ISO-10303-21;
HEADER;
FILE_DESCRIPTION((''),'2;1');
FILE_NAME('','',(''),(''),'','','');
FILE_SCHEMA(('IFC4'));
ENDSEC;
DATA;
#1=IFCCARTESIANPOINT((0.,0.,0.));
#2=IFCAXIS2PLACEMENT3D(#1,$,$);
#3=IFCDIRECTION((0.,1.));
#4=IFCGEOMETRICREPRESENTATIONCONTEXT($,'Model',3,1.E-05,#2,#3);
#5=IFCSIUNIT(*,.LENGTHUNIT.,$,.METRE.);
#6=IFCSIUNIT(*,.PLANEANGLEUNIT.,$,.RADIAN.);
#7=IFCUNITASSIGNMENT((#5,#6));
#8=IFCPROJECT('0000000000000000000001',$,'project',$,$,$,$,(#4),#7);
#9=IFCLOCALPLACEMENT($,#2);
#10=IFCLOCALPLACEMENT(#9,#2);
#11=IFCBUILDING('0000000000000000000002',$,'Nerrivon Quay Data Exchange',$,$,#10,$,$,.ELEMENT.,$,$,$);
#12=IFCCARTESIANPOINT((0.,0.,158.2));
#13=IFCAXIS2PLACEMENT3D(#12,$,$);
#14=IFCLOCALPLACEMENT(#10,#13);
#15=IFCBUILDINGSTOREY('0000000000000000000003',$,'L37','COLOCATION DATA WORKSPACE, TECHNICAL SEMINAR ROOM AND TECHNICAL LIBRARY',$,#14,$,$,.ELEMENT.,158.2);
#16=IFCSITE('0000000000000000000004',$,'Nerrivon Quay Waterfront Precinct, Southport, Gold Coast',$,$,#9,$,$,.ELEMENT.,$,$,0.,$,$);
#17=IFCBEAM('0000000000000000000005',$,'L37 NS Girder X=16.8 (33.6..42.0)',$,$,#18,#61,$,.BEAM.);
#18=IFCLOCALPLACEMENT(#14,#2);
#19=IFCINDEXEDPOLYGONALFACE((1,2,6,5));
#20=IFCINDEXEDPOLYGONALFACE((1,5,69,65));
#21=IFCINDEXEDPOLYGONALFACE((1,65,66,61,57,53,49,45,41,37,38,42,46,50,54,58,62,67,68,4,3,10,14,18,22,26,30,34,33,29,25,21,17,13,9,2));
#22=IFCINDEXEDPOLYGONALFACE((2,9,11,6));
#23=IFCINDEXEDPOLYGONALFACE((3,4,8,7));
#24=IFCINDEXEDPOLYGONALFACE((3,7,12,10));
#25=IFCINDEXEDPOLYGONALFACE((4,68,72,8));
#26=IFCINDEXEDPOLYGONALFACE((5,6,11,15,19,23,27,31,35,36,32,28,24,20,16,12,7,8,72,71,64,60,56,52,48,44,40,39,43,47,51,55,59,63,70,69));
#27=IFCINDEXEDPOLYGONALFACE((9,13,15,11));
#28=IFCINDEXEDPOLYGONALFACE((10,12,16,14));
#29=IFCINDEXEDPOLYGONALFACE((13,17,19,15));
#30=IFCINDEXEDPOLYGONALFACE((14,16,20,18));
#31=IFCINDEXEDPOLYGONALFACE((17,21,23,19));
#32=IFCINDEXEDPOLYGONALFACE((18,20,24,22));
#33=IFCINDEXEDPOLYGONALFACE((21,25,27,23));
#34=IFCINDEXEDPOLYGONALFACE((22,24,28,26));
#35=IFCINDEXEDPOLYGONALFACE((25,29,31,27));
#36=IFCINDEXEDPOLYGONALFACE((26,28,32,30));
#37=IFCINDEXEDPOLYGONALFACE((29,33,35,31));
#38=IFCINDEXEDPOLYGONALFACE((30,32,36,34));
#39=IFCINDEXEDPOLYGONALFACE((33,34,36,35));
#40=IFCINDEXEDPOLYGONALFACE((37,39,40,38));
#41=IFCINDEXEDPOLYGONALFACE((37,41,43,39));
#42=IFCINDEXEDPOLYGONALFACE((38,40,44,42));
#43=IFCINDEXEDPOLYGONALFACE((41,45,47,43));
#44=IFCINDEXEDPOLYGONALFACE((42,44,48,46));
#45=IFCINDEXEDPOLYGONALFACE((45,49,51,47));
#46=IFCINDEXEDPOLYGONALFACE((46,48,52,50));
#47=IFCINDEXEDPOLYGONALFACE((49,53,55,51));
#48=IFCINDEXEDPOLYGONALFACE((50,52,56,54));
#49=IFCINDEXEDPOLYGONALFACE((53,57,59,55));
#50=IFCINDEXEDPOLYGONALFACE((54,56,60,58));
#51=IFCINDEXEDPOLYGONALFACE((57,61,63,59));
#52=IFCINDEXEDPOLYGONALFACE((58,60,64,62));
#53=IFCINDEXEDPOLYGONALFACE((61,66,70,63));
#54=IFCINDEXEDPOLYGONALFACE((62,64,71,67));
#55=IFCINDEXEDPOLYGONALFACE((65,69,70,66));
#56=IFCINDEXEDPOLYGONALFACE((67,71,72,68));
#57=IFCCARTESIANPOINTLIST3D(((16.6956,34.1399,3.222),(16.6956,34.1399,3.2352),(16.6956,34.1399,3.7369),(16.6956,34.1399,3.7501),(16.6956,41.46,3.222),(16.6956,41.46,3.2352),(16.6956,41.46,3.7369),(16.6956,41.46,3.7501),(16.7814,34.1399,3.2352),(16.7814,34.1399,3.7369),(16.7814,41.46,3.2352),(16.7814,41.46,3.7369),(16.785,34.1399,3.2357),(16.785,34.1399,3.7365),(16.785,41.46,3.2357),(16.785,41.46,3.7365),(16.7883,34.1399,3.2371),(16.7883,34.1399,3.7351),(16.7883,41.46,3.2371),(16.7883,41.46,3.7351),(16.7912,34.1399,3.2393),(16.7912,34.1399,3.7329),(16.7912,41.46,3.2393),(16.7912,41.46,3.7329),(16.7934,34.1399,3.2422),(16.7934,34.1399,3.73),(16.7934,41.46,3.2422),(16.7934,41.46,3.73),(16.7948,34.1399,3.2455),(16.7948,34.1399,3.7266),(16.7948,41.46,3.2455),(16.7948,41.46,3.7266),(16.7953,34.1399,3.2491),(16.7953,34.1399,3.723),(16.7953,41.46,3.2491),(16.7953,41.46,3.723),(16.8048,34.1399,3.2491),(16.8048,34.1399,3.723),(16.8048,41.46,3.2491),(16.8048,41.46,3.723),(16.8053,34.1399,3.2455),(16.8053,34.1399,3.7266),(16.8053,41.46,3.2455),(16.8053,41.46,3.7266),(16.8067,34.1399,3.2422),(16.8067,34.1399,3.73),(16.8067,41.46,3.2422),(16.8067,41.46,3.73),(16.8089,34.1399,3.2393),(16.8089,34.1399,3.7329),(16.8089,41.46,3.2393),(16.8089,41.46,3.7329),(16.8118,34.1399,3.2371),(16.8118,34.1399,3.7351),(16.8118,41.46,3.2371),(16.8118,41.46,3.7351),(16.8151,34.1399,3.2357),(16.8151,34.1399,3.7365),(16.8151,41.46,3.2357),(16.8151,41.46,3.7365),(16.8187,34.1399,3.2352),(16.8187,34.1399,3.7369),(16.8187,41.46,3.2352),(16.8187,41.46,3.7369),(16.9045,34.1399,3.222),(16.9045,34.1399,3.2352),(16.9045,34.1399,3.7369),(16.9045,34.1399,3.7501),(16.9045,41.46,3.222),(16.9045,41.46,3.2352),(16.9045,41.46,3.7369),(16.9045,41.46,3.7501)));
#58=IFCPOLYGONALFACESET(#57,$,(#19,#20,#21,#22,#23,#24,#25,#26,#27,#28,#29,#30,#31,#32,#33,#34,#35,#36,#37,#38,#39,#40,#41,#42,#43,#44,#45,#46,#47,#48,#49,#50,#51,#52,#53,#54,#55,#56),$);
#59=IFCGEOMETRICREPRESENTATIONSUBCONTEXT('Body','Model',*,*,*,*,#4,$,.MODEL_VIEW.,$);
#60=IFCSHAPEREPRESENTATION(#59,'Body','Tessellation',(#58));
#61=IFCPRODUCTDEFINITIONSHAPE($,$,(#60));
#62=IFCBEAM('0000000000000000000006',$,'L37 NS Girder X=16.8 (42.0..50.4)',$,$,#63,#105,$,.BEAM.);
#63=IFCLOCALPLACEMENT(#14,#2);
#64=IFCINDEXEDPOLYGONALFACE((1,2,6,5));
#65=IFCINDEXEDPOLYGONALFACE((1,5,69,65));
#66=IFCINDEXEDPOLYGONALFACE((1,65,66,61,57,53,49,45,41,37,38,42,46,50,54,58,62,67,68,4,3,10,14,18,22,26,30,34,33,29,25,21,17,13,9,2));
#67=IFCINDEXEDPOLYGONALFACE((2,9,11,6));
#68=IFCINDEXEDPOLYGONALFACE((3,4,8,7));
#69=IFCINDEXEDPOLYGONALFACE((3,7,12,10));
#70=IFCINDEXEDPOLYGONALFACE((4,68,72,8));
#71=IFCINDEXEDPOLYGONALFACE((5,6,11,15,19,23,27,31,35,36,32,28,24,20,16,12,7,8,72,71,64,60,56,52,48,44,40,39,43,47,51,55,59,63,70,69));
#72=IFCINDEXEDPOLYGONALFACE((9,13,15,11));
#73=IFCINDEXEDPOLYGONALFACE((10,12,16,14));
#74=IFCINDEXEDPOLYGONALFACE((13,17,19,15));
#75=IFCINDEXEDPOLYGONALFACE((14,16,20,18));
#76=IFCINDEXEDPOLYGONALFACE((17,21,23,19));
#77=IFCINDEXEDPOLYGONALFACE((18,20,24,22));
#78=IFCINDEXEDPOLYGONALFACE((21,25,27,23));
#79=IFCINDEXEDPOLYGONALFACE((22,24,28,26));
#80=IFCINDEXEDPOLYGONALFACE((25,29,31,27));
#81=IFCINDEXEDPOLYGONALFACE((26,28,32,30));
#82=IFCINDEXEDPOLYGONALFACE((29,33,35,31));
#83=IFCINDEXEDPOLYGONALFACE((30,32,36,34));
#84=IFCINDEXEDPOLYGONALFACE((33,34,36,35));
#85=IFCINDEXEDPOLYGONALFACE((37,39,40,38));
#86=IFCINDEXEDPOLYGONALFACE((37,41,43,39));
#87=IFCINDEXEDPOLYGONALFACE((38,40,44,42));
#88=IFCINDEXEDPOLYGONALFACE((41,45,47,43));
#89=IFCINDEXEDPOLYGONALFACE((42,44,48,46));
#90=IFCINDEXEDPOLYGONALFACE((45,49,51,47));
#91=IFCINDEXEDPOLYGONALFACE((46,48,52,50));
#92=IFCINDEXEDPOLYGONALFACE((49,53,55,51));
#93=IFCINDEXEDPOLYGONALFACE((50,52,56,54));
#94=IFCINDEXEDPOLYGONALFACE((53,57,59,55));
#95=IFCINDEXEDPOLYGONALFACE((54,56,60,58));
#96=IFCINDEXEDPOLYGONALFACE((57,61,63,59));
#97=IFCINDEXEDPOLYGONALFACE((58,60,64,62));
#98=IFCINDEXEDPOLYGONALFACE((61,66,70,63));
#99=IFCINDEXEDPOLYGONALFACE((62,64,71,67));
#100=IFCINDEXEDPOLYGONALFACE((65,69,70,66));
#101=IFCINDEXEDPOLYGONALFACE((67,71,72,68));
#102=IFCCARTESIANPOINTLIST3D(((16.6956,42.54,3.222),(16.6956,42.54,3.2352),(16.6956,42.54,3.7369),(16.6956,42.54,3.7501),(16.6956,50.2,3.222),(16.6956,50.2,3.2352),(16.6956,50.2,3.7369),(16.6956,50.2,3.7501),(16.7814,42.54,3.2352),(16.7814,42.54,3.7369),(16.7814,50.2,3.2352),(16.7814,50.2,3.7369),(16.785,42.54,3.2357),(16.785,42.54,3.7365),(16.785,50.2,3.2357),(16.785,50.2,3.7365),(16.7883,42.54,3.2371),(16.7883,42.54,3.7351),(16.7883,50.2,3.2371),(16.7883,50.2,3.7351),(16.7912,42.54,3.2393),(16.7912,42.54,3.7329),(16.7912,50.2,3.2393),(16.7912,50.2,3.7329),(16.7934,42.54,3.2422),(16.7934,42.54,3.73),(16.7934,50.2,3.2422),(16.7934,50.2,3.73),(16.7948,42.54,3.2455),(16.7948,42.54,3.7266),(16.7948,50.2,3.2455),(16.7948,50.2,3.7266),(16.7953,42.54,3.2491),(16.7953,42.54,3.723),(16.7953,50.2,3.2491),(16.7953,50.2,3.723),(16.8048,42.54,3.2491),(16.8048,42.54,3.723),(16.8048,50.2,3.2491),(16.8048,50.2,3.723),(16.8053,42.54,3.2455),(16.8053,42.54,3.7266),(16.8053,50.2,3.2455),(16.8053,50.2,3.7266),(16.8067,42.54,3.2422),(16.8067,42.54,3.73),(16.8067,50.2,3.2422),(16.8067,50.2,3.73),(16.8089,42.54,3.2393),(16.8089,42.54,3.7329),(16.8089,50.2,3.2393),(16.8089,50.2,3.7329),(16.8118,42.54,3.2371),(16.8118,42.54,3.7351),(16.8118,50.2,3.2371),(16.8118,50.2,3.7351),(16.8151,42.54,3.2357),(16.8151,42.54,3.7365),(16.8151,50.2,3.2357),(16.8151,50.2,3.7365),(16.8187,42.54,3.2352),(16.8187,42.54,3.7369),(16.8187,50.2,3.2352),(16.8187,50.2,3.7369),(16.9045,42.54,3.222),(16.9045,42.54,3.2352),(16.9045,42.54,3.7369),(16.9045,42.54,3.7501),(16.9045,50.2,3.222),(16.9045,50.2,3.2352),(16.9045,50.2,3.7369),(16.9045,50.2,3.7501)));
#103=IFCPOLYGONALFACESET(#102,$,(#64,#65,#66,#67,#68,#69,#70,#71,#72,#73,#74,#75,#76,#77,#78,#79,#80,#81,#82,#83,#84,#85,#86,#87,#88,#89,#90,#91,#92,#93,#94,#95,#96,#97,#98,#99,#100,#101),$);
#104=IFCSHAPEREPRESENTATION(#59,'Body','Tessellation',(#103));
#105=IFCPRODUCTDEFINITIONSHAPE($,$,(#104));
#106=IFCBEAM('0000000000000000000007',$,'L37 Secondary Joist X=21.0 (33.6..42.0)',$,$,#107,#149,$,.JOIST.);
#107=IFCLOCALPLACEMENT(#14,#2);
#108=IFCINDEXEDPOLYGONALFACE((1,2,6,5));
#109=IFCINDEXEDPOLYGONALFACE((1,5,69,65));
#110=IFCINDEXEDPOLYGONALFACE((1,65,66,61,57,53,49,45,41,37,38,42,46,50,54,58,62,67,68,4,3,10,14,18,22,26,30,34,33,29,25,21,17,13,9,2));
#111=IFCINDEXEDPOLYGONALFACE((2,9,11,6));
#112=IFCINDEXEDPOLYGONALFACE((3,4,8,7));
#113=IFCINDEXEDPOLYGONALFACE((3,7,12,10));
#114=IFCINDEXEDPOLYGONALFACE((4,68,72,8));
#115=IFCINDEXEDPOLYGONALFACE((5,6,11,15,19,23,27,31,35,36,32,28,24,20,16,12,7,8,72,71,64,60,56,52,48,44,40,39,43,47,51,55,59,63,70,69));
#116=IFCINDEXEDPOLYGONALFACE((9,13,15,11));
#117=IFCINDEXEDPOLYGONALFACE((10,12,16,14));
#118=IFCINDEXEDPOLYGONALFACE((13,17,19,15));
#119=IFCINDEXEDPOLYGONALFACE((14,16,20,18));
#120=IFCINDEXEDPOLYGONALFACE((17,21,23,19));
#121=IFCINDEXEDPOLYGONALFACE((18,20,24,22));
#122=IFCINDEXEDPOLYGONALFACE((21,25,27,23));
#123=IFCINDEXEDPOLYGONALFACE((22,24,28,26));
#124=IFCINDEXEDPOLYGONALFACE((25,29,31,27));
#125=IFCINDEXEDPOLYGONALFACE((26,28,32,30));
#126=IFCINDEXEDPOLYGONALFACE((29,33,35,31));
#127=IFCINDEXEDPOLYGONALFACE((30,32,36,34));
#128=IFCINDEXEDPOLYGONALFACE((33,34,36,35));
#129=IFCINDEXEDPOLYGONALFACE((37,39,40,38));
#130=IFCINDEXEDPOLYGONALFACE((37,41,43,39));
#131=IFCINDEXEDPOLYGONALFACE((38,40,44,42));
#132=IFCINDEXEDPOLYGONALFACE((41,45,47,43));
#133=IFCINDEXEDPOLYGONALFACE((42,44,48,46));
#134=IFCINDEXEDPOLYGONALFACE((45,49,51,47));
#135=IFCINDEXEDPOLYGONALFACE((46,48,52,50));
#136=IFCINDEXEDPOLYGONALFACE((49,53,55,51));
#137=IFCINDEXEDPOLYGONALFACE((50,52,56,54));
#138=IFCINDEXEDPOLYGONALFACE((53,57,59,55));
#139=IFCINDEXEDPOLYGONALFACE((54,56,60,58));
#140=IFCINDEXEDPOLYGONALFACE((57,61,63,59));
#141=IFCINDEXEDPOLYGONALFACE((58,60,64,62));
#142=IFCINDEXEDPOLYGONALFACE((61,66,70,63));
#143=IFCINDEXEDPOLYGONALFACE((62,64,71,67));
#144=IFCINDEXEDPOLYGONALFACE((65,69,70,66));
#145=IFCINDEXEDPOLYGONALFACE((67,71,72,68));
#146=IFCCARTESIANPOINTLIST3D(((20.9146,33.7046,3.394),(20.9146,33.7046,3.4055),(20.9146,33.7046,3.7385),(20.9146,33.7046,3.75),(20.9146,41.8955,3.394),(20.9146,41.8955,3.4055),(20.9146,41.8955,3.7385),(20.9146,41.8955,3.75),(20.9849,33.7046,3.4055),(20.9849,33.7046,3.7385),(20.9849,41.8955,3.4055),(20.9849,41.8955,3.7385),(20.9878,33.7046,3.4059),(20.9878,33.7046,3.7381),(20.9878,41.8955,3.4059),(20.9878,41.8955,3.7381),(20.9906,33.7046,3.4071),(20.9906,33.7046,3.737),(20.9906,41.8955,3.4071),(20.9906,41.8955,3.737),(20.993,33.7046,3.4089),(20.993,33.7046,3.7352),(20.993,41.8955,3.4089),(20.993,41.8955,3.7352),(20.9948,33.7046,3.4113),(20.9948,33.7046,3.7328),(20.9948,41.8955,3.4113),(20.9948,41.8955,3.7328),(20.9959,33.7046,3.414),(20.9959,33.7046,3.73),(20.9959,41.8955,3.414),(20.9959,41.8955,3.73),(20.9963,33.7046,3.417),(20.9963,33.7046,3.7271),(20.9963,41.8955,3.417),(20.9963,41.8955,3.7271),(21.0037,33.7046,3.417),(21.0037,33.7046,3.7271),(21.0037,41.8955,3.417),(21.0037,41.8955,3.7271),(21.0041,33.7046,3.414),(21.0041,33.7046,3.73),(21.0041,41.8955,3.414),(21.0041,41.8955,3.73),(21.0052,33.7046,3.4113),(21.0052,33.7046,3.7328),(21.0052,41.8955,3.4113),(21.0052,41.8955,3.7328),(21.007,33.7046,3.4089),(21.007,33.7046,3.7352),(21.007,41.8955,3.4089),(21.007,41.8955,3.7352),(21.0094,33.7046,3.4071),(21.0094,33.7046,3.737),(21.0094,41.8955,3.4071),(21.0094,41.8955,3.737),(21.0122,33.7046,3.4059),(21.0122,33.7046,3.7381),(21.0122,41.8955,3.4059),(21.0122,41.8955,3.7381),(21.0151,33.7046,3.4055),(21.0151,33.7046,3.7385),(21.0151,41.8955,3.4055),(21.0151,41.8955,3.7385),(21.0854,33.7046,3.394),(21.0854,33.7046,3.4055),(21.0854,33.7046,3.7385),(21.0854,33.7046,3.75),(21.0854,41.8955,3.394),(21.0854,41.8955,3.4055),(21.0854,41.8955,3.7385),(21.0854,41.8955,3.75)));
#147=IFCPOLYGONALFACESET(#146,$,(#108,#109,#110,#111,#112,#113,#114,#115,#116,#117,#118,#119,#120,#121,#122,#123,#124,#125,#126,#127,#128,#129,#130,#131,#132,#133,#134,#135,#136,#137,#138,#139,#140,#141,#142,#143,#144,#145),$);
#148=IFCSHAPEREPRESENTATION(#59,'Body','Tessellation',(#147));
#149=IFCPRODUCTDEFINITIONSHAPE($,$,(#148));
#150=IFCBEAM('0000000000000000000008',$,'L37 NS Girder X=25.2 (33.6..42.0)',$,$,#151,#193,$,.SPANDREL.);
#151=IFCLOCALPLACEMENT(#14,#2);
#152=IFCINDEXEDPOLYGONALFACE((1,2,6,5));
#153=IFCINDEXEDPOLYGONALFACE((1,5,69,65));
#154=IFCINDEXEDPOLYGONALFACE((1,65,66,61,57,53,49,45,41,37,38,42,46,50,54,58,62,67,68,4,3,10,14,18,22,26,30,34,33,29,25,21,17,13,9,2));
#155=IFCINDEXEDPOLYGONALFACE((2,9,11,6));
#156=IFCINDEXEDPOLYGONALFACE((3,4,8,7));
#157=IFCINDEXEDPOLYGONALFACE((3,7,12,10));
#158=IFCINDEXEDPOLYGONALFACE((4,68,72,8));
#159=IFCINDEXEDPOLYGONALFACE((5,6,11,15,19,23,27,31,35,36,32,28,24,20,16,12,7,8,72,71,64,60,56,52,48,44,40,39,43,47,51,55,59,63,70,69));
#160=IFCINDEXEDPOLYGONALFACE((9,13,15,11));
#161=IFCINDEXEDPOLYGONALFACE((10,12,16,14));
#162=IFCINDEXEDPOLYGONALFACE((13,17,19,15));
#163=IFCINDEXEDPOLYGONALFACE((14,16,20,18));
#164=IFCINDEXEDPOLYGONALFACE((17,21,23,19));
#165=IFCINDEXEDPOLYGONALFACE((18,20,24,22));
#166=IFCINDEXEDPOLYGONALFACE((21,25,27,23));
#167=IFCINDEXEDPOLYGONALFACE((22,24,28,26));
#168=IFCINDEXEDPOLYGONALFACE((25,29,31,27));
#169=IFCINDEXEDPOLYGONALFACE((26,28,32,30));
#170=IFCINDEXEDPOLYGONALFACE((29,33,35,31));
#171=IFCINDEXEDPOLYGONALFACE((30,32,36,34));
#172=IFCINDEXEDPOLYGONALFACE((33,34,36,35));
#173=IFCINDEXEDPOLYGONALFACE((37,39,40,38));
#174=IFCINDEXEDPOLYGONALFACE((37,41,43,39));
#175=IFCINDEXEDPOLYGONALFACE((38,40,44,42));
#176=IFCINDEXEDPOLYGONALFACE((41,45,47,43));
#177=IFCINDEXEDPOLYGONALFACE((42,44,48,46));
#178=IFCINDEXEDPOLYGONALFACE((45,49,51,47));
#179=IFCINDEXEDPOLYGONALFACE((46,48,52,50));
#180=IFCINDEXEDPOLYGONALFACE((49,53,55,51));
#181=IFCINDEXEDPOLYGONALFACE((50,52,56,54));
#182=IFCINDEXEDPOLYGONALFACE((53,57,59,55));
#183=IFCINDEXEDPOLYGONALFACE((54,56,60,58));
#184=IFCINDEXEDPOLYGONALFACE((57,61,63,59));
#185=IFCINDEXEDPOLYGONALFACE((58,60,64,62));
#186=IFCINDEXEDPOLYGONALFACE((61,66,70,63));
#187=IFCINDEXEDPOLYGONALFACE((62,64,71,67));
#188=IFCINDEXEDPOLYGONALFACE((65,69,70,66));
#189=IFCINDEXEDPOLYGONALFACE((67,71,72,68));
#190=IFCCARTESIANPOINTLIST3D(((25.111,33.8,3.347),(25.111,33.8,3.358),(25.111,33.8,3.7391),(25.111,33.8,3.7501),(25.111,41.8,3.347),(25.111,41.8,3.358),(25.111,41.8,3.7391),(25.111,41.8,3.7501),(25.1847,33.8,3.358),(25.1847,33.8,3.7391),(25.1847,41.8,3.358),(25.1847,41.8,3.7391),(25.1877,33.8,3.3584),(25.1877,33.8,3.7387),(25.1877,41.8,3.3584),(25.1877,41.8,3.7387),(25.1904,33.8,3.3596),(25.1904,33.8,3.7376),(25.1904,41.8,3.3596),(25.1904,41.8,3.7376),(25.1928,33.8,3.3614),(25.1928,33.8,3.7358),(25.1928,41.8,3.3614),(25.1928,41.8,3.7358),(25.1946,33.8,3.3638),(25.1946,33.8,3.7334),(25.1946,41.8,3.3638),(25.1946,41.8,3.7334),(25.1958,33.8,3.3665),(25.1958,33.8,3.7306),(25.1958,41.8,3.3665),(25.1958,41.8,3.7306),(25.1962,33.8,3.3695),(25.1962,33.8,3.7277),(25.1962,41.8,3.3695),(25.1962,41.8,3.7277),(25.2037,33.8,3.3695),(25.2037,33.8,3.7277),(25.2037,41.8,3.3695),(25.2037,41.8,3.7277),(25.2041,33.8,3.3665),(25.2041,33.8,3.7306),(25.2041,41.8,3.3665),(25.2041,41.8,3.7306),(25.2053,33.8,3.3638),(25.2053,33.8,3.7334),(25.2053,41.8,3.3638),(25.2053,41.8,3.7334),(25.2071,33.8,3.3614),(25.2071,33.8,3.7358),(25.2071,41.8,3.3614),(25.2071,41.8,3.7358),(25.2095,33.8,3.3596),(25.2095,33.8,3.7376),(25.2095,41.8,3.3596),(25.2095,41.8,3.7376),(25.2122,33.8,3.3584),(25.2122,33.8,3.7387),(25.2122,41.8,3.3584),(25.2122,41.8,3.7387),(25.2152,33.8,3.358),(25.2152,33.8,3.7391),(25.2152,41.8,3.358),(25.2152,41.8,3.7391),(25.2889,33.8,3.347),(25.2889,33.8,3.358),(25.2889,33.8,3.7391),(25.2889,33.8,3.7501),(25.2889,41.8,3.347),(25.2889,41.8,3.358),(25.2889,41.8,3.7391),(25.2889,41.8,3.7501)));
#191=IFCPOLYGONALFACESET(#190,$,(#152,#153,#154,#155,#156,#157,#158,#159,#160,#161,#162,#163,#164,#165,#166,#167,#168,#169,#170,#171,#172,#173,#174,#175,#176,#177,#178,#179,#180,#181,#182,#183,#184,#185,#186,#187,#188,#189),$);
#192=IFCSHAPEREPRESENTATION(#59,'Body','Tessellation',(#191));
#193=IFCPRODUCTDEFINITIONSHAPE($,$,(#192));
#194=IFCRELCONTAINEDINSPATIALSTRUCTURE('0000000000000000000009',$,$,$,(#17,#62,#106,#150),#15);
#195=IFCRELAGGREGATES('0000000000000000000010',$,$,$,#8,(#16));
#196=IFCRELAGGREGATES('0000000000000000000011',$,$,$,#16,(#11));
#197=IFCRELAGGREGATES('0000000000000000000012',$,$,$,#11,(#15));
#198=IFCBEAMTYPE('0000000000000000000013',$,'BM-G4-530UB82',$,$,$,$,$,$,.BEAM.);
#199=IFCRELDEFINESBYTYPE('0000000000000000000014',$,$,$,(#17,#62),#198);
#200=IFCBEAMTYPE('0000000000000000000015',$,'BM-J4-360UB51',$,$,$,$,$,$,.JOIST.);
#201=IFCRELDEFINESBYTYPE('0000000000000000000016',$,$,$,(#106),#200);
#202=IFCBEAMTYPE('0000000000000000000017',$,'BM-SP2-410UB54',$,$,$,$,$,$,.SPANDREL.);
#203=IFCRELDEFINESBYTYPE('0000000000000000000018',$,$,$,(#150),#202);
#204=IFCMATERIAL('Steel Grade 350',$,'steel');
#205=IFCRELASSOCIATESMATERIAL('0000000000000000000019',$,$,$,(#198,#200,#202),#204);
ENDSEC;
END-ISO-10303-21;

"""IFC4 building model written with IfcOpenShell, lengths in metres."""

from ifc_helpers import new_model, si_unit, direction, frame, origin, origin_2d, place, context, subcontext, project, spatial, i_section, extrude, material, material_profile, profile_set, type_object, element, save


model = new_model("IFC4")

# Units and contexts
model_context = context("Model", 3, precision=1e-05, world=origin(), true_north=direction((0.0, 1.0)))
body_context = subcontext(model_context, "Body", "Model", "MODEL_VIEW")
ifc_project = project(units=[si_unit("LENGTHUNIT", "METRE"), si_unit("PLANEANGLEUNIT", "RADIAN")], contexts=[model_context])

# Site, building, storey
site_placement = place(None, origin())
site = spatial("IfcSite", under=ifc_project, at=site_placement, Name="Nerrivon Quay Waterfront Precinct, Southport, Gold Coast", CompositionType="ELEMENT", RefElevation=0.0)
building_placement = place(site_placement, origin())
building = spatial("IfcBuilding", under=site, at=building_placement, Name="Nerrivon Quay Data Exchange", CompositionType="ELEMENT")
storey_placement = place(building_placement, frame((0.0, 0.0, 158.2)))
storey = spatial("IfcBuildingStorey", under=building, at=storey_placement, Name="L37", Description="COLOCATION DATA WORKSPACE, TECHNICAL SEMINAR ROOM AND TECHNICAL LIBRARY", CompositionType="ELEMENT", Elevation=158.2)

# Shared definitions
ifc_material_1 = material(Name="Steel Grade 350", Category="steel")

# Beams
ifc_material_profile_1 = material_profile(ifc_material_1, i_section(OverallWidth=0.209, OverallDepth=0.5281, WebThickness=0.0095, FlangeThickness=0.0132, FilletRadius=0.0139, at=origin_2d()), Name="530UB82.0")
ifc_profile_set_1 = profile_set([ifc_material_profile_1], Name="Steel Grade 350")
beam_type_1 = type_object("IfcBeamType", Name="BM-G4-530UB82", PredefinedType="BEAM", material=ifc_profile_set_1)
beam_1_placement = place(storey_placement, frame((16.8, 34.1399, 3.4861), z_axis=(0.0, 1.0, 0.0), x_axis=(-1.0, 0.0, 0.0)))
element("IfcBeam", 1, at=beam_1_placement, inside=storey, type_object=beam_type_1, Name="L37 NS Girder X=16.8 (33.6..42.0)", PredefinedType="BEAM", context=body_context, shape_type="SweptSolid", body=[
    extrude(i_section(OverallWidth=0.209, OverallDepth=0.5281, WebThickness=0.0095, FlangeThickness=0.0132, FilletRadius=0.0139, at=origin_2d()), origin(), (0.0, 0.0, 1.0), 7.3201),
])
beam_2_placement = place(storey_placement, frame((16.8, 42.54, 3.4861), z_axis=(0.0, 1.0, 0.0), x_axis=(-1.0, 0.0, 0.0)))
element("IfcBeam", 2, at=beam_2_placement, inside=storey, type_object=beam_type_1, Name="L37 NS Girder X=16.8 (42.0..50.4)", PredefinedType="BEAM", context=body_context, shape_type="SweptSolid", body=[
    extrude(i_section(OverallWidth=0.209, OverallDepth=0.5281, WebThickness=0.0095, FlangeThickness=0.0132, FilletRadius=0.0139, at=origin_2d()), origin(), (0.0, 0.0, 1.0), 7.6599),
])
ifc_material_profile_2 = material_profile(ifc_material_1, i_section(OverallWidth=0.1709, OverallDepth=0.356, WebThickness=0.0073, FlangeThickness=0.0115, FilletRadius=0.0115, at=origin_2d()), Name="360UB50.7")
ifc_profile_set_2 = profile_set([ifc_material_profile_2], Name="Steel Grade 350")
beam_type_2 = type_object("IfcBeamType", Name="BM-J4-360UB51", PredefinedType="JOIST", material=ifc_profile_set_2)
beam_3_placement = place(storey_placement, frame((21.0, 33.7046, 3.572), z_axis=(0.0, 1.0, 0.0), x_axis=(-1.0, 0.0, 0.0)))
element("IfcBeam", 3, at=beam_3_placement, inside=storey, type_object=beam_type_2, Name="L37 Secondary Joist X=21.0 (33.6..42.0)", PredefinedType="JOIST", context=body_context, shape_type="SweptSolid", body=[
    extrude(i_section(OverallWidth=0.1709, OverallDepth=0.356, WebThickness=0.0073, FlangeThickness=0.0115, FilletRadius=0.0115, at=origin_2d()), origin(), (0.0, 0.0, 1.0), 8.1909),
])
ifc_material_profile_3 = material_profile(ifc_material_1, i_section(OverallWidth=0.178, OverallDepth=0.4031, WebThickness=0.0076, FlangeThickness=0.011, FilletRadius=0.0115, at=origin_2d()), Name="410UB53.7")
ifc_profile_set_3 = profile_set([ifc_material_profile_3], Name="Steel Grade 350")
beam_type_3 = type_object("IfcBeamType", Name="BM-SP2-410UB54", PredefinedType="SPANDREL", material=ifc_profile_set_3)
beam_4_placement = place(storey_placement, frame((25.2, 33.8, 3.5486), z_axis=(0.0, 1.0, 0.0), x_axis=(-1.0, 0.0, 0.0)))
element("IfcBeam", 4, at=beam_4_placement, inside=storey, type_object=beam_type_3, Name="L37 NS Girder X=25.2 (33.6..42.0)", PredefinedType="SPANDREL", context=body_context, shape_type="SweptSolid", body=[
    extrude(i_section(OverallWidth=0.178, OverallDepth=0.4031, WebThickness=0.0076, FlangeThickness=0.011, FilletRadius=0.0115, at=origin_2d()), origin(), (0.0, 0.0, 1.0), 8.0),
])

save(model, "model.ifc")
